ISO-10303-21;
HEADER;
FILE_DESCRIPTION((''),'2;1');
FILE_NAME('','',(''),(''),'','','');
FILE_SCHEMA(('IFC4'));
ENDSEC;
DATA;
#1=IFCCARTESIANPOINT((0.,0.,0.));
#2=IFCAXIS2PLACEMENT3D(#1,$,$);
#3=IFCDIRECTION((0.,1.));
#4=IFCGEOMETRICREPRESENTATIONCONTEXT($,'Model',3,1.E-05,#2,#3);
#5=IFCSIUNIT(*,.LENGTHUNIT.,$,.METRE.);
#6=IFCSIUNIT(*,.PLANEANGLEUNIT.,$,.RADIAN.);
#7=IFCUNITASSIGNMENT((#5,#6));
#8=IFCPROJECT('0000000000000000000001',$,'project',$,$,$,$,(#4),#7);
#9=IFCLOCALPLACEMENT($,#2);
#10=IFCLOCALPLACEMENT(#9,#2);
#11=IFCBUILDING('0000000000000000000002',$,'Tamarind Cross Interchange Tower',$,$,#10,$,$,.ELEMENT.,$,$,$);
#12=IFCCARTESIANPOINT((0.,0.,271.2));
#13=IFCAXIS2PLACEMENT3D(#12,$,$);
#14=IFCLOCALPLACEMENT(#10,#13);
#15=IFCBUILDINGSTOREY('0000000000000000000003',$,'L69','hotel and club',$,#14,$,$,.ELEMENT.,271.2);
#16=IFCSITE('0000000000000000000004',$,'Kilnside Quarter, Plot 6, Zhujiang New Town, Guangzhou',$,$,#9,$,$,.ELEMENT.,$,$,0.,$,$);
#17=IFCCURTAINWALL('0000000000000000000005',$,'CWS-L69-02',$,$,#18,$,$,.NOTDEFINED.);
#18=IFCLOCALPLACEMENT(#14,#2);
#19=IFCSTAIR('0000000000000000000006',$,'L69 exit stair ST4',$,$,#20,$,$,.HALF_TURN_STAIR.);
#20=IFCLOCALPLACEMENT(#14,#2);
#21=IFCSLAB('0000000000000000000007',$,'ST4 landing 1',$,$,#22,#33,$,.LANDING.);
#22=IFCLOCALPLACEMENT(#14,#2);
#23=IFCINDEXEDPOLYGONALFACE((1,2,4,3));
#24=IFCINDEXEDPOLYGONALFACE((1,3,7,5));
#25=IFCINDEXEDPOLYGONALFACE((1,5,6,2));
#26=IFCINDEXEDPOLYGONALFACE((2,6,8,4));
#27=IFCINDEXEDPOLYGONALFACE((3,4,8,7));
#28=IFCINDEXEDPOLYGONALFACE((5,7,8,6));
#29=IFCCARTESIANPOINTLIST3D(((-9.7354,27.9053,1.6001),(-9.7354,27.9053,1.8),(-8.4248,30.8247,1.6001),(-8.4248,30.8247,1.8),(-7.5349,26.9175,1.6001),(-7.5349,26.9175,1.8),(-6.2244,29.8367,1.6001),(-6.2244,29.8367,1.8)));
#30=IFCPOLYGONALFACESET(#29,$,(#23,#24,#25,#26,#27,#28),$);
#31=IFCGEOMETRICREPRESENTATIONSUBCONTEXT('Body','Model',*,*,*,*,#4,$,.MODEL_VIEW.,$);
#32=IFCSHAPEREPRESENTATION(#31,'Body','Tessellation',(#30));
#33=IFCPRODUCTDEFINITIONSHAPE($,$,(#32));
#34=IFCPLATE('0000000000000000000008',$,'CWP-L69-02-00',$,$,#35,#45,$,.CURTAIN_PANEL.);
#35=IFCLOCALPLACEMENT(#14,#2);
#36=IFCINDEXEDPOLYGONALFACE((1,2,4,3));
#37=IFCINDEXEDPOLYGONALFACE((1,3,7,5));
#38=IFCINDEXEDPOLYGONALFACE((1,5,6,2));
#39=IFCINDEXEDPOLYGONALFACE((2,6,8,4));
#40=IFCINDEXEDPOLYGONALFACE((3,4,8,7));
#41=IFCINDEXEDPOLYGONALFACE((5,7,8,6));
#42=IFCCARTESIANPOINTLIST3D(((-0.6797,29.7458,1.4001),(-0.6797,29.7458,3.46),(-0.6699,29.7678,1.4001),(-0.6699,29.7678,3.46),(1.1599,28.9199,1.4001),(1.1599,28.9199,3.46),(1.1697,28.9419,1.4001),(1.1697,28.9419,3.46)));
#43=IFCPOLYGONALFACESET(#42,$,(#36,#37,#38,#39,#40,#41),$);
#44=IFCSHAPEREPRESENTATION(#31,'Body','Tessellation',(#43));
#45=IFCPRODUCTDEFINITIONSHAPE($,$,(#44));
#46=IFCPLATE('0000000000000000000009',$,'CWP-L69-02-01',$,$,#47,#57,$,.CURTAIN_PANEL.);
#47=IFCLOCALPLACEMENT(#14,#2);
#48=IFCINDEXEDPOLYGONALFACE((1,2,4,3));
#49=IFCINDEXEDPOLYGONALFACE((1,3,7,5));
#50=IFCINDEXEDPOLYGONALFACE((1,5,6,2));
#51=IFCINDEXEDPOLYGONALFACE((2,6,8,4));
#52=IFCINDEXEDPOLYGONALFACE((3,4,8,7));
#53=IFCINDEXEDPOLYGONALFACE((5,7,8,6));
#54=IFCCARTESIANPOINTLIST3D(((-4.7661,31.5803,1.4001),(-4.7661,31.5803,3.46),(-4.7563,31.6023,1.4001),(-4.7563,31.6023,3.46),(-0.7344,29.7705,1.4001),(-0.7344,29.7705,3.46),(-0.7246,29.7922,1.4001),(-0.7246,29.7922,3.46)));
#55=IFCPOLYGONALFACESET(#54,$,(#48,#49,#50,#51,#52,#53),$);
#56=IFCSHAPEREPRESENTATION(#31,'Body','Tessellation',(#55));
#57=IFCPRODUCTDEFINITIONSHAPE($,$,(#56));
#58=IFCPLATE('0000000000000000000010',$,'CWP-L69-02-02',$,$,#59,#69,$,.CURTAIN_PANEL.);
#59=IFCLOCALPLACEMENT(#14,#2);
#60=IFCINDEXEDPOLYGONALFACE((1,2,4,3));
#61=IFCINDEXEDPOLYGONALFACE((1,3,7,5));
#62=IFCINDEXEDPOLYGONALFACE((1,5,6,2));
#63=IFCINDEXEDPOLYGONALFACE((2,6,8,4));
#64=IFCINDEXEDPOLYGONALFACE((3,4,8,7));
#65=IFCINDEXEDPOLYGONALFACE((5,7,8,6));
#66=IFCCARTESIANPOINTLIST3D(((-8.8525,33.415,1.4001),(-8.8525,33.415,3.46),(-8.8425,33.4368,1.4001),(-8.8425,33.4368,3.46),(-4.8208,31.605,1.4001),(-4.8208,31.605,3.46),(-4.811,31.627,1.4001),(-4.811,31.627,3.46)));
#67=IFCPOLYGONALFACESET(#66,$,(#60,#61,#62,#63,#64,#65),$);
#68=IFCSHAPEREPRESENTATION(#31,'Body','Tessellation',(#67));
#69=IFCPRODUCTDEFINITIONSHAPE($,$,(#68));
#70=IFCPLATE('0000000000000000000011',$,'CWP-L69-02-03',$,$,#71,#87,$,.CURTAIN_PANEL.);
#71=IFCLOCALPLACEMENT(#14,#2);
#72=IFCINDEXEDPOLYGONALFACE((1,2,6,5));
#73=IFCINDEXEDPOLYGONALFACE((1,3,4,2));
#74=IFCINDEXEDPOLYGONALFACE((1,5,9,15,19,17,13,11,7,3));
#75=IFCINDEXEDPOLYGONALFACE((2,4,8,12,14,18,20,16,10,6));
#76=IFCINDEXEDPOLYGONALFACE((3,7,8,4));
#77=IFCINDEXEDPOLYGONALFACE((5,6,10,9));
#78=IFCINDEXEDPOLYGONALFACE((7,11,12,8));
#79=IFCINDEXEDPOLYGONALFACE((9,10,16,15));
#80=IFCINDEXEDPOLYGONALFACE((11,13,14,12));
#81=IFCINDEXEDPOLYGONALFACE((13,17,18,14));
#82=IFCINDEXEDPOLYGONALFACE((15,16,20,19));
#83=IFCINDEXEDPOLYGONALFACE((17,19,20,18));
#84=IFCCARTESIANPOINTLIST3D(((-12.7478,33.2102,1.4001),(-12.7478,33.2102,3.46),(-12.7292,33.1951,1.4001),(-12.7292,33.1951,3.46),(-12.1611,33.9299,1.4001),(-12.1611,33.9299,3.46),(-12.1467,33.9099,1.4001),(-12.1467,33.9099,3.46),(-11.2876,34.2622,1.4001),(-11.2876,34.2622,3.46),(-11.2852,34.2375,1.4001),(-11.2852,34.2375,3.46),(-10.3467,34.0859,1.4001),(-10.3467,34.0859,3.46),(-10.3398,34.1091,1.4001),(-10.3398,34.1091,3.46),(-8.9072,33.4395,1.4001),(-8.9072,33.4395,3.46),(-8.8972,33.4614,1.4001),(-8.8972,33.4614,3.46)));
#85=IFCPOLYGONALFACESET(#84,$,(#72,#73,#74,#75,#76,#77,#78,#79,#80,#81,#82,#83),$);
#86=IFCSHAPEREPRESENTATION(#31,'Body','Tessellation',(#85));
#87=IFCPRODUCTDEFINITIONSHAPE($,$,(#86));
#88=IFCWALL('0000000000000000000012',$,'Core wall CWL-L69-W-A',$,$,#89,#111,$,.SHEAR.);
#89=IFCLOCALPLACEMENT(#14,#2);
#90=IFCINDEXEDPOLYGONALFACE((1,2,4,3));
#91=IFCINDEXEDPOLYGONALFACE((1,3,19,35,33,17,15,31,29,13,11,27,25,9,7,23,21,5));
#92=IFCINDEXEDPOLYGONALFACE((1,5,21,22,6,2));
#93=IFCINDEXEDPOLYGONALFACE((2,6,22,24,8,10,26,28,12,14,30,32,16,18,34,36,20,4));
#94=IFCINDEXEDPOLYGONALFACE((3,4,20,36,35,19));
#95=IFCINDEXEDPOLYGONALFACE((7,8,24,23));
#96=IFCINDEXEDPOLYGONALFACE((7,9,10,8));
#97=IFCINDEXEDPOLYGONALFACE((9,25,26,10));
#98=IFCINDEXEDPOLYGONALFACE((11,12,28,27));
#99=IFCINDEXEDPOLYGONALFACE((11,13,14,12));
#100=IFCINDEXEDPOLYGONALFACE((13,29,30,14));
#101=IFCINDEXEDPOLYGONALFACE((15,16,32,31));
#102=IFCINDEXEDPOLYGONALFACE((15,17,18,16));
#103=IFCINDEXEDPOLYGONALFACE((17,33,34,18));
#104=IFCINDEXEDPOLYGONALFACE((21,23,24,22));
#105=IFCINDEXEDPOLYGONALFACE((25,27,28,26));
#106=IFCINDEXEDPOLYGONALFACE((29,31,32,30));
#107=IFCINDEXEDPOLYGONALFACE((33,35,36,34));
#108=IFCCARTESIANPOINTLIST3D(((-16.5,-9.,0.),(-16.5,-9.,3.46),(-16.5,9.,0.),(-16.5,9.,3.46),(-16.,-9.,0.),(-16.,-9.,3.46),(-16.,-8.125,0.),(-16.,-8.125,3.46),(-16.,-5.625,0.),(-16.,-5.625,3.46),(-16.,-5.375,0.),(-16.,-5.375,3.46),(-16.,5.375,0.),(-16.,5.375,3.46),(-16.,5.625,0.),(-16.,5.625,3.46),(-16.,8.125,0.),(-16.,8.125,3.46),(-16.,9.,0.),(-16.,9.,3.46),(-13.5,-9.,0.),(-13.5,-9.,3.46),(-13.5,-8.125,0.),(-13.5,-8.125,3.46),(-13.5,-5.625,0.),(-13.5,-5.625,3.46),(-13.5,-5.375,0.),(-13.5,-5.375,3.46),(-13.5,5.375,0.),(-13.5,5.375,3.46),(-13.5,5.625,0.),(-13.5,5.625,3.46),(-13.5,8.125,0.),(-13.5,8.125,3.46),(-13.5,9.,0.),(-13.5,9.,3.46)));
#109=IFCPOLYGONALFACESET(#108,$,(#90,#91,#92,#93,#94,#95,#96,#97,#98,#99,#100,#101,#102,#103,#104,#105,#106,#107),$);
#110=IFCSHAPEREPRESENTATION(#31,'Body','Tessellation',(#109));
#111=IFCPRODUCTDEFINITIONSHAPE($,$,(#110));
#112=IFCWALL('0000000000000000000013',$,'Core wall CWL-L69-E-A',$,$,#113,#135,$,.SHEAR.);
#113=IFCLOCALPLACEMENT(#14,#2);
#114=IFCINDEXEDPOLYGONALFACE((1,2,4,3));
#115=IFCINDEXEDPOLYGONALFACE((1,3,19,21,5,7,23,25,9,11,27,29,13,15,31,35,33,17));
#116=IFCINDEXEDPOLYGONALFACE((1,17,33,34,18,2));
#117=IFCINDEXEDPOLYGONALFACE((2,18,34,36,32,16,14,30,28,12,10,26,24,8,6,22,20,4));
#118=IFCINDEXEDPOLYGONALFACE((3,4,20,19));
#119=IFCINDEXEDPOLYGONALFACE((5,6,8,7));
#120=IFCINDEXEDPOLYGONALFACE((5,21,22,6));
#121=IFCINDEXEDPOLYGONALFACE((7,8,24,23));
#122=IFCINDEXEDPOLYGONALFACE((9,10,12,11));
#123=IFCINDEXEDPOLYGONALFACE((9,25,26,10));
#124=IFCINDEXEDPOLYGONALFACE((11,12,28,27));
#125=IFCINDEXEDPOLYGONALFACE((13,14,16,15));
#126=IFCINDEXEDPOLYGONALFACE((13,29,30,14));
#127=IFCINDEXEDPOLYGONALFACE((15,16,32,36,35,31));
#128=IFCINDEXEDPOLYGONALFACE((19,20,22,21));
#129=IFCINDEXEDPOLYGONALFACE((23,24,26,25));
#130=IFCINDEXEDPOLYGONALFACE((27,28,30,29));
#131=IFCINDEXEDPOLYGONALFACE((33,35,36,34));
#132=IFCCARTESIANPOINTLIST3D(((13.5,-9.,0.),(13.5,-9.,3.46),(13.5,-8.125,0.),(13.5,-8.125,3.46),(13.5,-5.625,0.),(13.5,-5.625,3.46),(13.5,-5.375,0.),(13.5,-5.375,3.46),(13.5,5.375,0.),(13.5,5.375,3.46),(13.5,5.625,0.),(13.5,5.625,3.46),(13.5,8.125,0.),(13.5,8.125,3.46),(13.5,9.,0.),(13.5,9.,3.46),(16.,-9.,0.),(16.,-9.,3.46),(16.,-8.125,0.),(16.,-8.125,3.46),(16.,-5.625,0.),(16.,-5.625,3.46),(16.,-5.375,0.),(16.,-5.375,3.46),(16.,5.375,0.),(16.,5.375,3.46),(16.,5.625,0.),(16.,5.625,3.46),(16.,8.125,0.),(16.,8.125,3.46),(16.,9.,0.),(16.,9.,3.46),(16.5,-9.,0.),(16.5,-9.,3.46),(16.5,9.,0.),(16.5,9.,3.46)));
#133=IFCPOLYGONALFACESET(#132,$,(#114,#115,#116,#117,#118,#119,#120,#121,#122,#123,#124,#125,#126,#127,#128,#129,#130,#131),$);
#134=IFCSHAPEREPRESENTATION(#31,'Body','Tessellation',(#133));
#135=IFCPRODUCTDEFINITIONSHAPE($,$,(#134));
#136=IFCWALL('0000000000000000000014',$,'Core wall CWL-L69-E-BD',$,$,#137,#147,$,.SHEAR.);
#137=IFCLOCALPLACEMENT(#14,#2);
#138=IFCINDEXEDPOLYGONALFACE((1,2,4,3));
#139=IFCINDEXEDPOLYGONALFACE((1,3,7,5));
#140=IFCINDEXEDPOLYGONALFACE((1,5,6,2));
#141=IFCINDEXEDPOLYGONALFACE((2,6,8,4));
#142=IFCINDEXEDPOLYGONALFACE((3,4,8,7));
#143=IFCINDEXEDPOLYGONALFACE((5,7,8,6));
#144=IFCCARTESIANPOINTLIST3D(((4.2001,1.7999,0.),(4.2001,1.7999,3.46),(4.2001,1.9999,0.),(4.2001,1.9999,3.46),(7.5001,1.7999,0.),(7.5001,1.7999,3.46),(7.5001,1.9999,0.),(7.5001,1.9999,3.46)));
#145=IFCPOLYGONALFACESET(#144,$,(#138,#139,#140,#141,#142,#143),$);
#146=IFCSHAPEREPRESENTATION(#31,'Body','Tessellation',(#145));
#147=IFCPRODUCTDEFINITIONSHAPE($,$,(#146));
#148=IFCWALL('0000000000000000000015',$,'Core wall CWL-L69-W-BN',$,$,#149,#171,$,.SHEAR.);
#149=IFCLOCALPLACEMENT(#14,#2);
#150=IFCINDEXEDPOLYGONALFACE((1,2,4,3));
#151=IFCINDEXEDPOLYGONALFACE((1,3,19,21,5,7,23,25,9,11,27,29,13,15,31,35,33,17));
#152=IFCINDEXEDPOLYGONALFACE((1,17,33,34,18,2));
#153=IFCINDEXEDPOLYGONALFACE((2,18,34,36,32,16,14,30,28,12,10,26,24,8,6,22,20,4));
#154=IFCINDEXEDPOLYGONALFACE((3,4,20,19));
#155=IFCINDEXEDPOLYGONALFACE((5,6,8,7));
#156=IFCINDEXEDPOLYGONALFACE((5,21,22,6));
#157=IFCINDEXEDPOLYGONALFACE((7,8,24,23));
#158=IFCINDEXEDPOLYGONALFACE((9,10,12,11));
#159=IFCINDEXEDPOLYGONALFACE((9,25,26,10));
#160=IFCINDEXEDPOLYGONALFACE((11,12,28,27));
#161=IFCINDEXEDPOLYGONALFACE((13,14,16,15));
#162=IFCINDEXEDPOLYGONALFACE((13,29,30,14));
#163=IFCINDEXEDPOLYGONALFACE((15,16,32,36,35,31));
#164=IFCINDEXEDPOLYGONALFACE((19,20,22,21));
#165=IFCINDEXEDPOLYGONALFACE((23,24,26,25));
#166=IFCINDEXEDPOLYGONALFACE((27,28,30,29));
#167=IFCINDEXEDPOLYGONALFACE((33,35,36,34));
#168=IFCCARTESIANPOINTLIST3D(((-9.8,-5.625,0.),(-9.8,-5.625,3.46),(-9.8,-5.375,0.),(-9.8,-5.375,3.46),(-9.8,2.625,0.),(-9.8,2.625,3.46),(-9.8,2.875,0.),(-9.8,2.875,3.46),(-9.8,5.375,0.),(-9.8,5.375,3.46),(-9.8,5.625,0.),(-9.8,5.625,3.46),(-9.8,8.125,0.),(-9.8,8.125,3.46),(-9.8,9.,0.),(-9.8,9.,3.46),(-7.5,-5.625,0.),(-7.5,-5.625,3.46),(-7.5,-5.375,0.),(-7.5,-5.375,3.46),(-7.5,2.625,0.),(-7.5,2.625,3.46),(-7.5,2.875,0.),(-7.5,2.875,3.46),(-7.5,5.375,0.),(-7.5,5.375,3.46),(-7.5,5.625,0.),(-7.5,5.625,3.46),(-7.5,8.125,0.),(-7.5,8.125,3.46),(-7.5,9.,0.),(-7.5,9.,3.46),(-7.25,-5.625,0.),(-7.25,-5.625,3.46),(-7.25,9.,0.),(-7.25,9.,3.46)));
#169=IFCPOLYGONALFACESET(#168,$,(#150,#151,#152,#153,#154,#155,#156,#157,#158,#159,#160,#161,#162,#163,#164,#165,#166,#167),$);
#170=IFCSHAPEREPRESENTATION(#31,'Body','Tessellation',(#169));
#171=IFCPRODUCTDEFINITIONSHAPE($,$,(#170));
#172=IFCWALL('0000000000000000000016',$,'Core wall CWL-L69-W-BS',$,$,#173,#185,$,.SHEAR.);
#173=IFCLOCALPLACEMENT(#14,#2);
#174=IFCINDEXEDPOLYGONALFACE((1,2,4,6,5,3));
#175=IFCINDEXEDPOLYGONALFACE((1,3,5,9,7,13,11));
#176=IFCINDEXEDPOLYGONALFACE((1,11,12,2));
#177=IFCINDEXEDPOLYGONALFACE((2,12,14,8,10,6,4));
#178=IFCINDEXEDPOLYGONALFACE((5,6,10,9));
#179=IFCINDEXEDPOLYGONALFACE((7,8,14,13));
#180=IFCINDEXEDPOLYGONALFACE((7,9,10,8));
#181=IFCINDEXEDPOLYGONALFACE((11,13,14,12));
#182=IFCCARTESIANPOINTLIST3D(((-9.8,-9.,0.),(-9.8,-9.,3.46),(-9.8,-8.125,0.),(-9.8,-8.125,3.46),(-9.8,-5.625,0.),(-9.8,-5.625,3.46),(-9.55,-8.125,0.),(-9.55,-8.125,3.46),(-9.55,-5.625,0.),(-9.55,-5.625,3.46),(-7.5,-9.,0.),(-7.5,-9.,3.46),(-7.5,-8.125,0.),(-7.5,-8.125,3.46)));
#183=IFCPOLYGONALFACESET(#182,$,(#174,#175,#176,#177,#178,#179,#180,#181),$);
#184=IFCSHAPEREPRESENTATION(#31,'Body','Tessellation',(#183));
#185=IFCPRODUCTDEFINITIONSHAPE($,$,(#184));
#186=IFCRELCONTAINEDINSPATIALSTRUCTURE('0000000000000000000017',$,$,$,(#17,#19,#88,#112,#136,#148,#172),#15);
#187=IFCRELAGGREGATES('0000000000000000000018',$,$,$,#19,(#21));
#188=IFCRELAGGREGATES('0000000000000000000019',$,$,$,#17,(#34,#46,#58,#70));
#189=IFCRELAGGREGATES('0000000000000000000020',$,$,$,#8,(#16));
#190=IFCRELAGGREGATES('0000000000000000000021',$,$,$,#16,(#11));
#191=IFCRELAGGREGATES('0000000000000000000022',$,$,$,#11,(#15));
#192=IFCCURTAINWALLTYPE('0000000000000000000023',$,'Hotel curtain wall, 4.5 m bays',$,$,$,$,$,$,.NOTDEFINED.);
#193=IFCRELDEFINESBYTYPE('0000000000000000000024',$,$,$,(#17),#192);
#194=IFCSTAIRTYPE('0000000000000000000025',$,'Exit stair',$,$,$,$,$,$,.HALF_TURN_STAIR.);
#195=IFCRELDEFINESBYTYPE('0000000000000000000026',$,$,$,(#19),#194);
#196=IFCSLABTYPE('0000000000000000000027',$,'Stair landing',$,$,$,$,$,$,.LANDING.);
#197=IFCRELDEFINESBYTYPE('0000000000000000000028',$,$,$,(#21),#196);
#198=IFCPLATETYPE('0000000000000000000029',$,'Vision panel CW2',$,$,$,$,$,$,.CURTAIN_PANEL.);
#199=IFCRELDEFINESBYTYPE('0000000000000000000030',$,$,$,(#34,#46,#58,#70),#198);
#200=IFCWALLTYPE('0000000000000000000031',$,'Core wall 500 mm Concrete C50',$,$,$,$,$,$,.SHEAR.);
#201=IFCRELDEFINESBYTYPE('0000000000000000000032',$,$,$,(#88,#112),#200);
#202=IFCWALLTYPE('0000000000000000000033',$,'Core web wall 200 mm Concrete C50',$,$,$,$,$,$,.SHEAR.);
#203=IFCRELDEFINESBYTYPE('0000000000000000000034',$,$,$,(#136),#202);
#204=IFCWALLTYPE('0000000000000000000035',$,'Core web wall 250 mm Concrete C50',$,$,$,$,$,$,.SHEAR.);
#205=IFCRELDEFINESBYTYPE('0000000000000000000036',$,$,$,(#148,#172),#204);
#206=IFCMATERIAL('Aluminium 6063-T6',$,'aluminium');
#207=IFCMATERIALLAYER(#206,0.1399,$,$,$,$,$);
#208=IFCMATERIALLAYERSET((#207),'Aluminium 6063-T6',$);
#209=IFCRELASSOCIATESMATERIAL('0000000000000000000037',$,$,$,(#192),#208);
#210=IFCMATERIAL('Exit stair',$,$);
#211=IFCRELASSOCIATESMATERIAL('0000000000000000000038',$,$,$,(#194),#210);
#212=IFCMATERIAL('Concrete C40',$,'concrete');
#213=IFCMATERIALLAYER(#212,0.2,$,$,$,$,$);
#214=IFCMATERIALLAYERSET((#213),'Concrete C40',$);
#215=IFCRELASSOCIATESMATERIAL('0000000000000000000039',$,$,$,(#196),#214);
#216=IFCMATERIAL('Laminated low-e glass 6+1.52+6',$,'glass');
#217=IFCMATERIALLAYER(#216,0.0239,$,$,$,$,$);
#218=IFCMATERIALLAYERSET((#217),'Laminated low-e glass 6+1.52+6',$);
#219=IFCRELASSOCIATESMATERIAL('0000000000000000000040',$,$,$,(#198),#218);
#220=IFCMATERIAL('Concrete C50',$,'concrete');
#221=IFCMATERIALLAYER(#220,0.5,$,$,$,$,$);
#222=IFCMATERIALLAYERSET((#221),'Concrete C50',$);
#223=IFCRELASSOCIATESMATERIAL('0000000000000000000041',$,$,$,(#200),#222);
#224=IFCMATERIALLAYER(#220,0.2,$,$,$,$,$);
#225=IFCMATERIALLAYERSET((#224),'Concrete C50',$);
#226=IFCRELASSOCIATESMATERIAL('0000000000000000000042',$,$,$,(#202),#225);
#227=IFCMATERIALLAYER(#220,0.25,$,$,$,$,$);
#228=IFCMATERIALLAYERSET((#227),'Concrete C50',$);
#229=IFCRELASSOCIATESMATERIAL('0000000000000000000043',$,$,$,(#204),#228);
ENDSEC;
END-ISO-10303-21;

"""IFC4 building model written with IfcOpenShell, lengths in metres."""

from ifc_helpers import new_model, si_unit, direction, frame, frame_2d, origin, place, context, subcontext, project, spatial, polyline, rectangle, outline, extrude, material, layer, layer_set, type_object, element, aggregate, save


model = new_model("IFC4")

# Units and contexts
model_context = context("Model", 3, precision=1e-05, world=origin(), true_north=direction((0.0, 1.0)))
body_context = subcontext(model_context, "Body", "Model", "MODEL_VIEW")
ifc_project = project(units=[si_unit("LENGTHUNIT", "METRE"), si_unit("PLANEANGLEUNIT", "RADIAN")], contexts=[model_context])

# Site, building, storey
site_placement = place(None, origin())
site = spatial("IfcSite", under=ifc_project, at=site_placement, Name="Kilnside Quarter, Plot 6, Zhujiang New Town, Guangzhou", CompositionType="ELEMENT", RefElevation=0.0)
building_placement = place(site_placement, origin())
building = spatial("IfcBuilding", under=site, at=building_placement, Name="Tamarind Cross Interchange Tower", CompositionType="ELEMENT")
storey_placement = place(building_placement, frame((0.0, 0.0, 271.2)))
storey = spatial("IfcBuildingStorey", under=building, at=storey_placement, Name="L69", Description="hotel and club", CompositionType="ELEMENT", Elevation=271.2)

# Curtain wall
ifc_material_1 = material(Name="Aluminium 6063-T6", Category="aluminium")
ifc_layer_1 = layer(ifc_material_1, 0.1399)
ifc_layer_set_1 = layer_set([ifc_layer_1], Name="Aluminium 6063-T6")
curtain_wall_type = type_object("IfcCurtainWallType", Name="Hotel curtain wall, 4.5 m bays", PredefinedType="NOTDEFINED", material=ifc_layer_set_1)
curtain_wall_1_placement = place(storey_placement, origin())
curtain_wall_1 = element("IfcCurtainWall", 1, at=curtain_wall_1_placement, inside=storey, type_object=curtain_wall_type, Name="CWS-L69-02", PredefinedType="NOTDEFINED")

# Stair, slab
ifc_material_2 = material(Name="Exit stair")
stair_type = type_object("IfcStairType", Name="Exit stair", PredefinedType="HALF_TURN_STAIR", material=ifc_material_2)
ifc_material_3 = material(Name="Concrete C40", Category="concrete")
ifc_layer_2 = layer(ifc_material_3, 0.2)
ifc_layer_set_2 = layer_set([ifc_layer_2], Name="Concrete C40")
slab_type_1 = type_object("IfcSlabType", Name="Stair landing", PredefinedType="LANDING", material=ifc_layer_set_2)
stair_1_placement = place(storey_placement, origin())
stair_1 = element("IfcStair", 2, at=stair_1_placement, inside=storey, type_object=stair_type, Name="L69 exit stair ST4", PredefinedType="HALF_TURN_STAIR")
slab_1_placement = place(storey_placement, frame((0.0, 0.0, 1.6001)))
slab_1 = element("IfcSlab", 3, at=slab_1_placement, type_object=slab_type_1, Name="ST4 landing 1", PredefinedType="LANDING", context=body_context, shape_type="SweptSolid", body=[
    extrude(outline(polyline([(-6.2244, 29.8367), (-8.4248, 30.8247), (-9.7354, 27.9053), (-7.5349, 26.9175), (-6.2244, 29.8367)])), origin(), (0.0, 0.0, 1.0), 0.2),
])
aggregate(stair_1, [slab_1])

# Plates
ifc_material_4 = material(Name="Laminated low-e glass 6+1.52+6", Category="glass")
ifc_layer_3 = layer(ifc_material_4, 0.0239)
ifc_layer_set_3 = layer_set([ifc_layer_3], Name="Laminated low-e glass 6+1.52+6")
plate_type = type_object("IfcPlateType", Name="Vision panel CW2", PredefinedType="CURTAIN_PANEL", material=ifc_layer_set_3)
plate_1_placement = place(storey_placement, frame((0.0, 0.0, 1.4001)))
plate_1 = element("IfcPlate", 4, at=plate_1_placement, type_object=plate_type, Name="CWP-L69-02-00", PredefinedType="CURTAIN_PANEL", context=body_context, shape_type="SweptSolid", body=[
    extrude(outline(polyline([(1.1599, 28.9199), (-0.6797, 29.7458), (-0.6699, 29.7678), (1.1697, 28.9419), (1.1599, 28.9199)])), origin(), (0.0, 0.0, 1.0), 2.0598),
])
plate_2_placement = place(storey_placement, frame((0.0, 0.0, 1.4001)))
plate_2 = element("IfcPlate", 5, at=plate_2_placement, type_object=plate_type, Name="CWP-L69-02-01", PredefinedType="CURTAIN_PANEL", context=body_context, shape_type="SweptSolid", body=[
    extrude(outline(polyline([(-0.7344, 29.7705), (-4.7661, 31.5803), (-4.7563, 31.6023), (-0.7246, 29.7922), (-0.7344, 29.7705)])), origin(), (0.0, 0.0, 1.0), 2.0598),
])
plate_3_placement = place(storey_placement, frame((0.0, 0.0, 1.4001)))
plate_3 = element("IfcPlate", 6, at=plate_3_placement, type_object=plate_type, Name="CWP-L69-02-02", PredefinedType="CURTAIN_PANEL", context=body_context, shape_type="SweptSolid", body=[
    extrude(outline(polyline([(-4.8208, 31.605), (-8.8525, 33.415), (-8.8425, 33.4368), (-4.811, 31.627), (-4.8208, 31.605)])), origin(), (0.0, 0.0, 1.0), 2.0598),
])
plate_4_placement = place(storey_placement, frame((0.0, 0.0, 1.4001)))
plate_4 = element("IfcPlate", 7, at=plate_4_placement, type_object=plate_type, Name="CWP-L69-02-03", PredefinedType="CURTAIN_PANEL", context=body_context, shape_type="SweptSolid", body=[
    extrude(outline(polyline([(-8.9072, 33.4395), (-10.3467, 34.0859), (-11.2852, 34.2375), (-12.1467, 33.9099), (-12.7292, 33.1951), (-12.7478, 33.2102), (-12.1611, 33.9299), (-11.2876, 34.2622), (-10.3398, 34.1091), (-8.8972, 33.4614), (-8.9072, 33.4395)])), origin(), (0.0, 0.0, 1.0), 2.0598),
])
aggregate(curtain_wall_1, [plate_1, plate_2, plate_3, plate_4])

# Walls
ifc_material_5 = material(Name="Concrete C50", Category="concrete")
ifc_layer_4 = layer(ifc_material_5, 0.5)
ifc_layer_set_4 = layer_set([ifc_layer_4], Name="Concrete C50")
wall_type_1 = type_object("IfcWallType", Name="Core wall 500 mm Concrete C50", PredefinedType="SHEAR", material=ifc_layer_set_4)
wall_1_placement = place(storey_placement, origin())
element("IfcWall", 8, at=wall_1_placement, inside=storey, type_object=wall_type_1, Name="Core wall CWL-L69-W-A", PredefinedType="SHEAR", context=body_context, shape_type="SweptSolid", body=[
    extrude(outline(polyline([(-13.5, -8.125), (-16.0, -8.125), (-16.0, -5.625), (-13.5, -5.625), (-13.5, -5.375), (-16.0, -5.375), (-16.0, 5.375), (-13.5, 5.375), (-13.5, 5.625), (-16.0, 5.625), (-16.0, 8.125), (-13.5, 8.125), (-13.5, 9.0), (-16.0, 9.0), (-16.5, 9.0), (-16.5, -9.0), (-16.0, -9.0), (-13.5, -9.0), (-13.5, -8.125)])), origin(), (0.0, 0.0, 1.0), 3.46),
])
wall_2_placement = place(storey_placement, origin())
element("IfcWall", 9, at=wall_2_placement, inside=storey, type_object=wall_type_1, Name="Core wall CWL-L69-E-A", PredefinedType="SHEAR", context=body_context, shape_type="SweptSolid", body=[
    extrude(outline(polyline([(13.5, -8.125), (13.5, -9.0), (16.0, -9.0), (16.5, -9.0), (16.5, 9.0), (16.0, 9.0), (13.5, 9.0), (13.5, 8.125), (16.0, 8.125), (16.0, 5.625), (13.5, 5.625), (13.5, 5.375), (16.0, 5.375), (16.0, -5.375), (13.5, -5.375), (13.5, -5.625), (16.0, -5.625), (16.0, -8.125), (13.5, -8.125)])), origin(), (0.0, 0.0, 1.0), 3.46),
])
ifc_layer_5 = layer(ifc_material_5, 0.2)
ifc_layer_set_5 = layer_set([ifc_layer_5], Name="Concrete C50")
wall_type_2 = type_object("IfcWallType", Name="Core web wall 200 mm Concrete C50", PredefinedType="SHEAR", material=ifc_layer_set_5)
wall_3_placement = place(storey_placement, frame((7.5, 1.8999, 0.0), z_axis=(0.0, 0.0, 1.0), x_axis=(-1.0, 0.0, 0.0)))
element("IfcWall", 10, at=wall_3_placement, inside=storey, type_object=wall_type_2, Name="Core wall CWL-L69-E-BD", PredefinedType="SHEAR", context=body_context, shape_type="SweptSolid", body=[
    extrude(rectangle(XDim=3.3, YDim=0.2, at=frame_2d((1.6499, 0.0))), origin(), (0.0, 0.0, 1.0), 3.46),
])
ifc_layer_6 = layer(ifc_material_5, 0.25)
ifc_layer_set_6 = layer_set([ifc_layer_6], Name="Concrete C50")
wall_type_3 = type_object("IfcWallType", Name="Core web wall 250 mm Concrete C50", PredefinedType="SHEAR", material=ifc_layer_set_6)
wall_4_placement = place(storey_placement, origin())
element("IfcWall", 11, at=wall_4_placement, inside=storey, type_object=wall_type_3, Name="Core wall CWL-L69-W-BN", PredefinedType="SHEAR", context=body_context, shape_type="SweptSolid", body=[
    extrude(outline(polyline([(-9.8, -5.375), (-9.8, -5.625), (-7.5, -5.625), (-7.25, -5.625), (-7.25, 9.0), (-7.5, 9.0), (-9.8, 9.0), (-9.8, 8.125), (-7.5, 8.125), (-7.5, 5.625), (-9.8, 5.625), (-9.8, 5.375), (-7.5, 5.375), (-7.5, 2.875), (-9.8, 2.875), (-9.8, 2.625), (-7.5, 2.625), (-7.5, -5.375), (-9.8, -5.375)])), origin(), (0.0, 0.0, 1.0), 3.46),
])
wall_5_placement = place(storey_placement, origin())
element("IfcWall", 12, at=wall_5_placement, inside=storey, type_object=wall_type_3, Name="Core wall CWL-L69-W-BS", PredefinedType="SHEAR", context=body_context, shape_type="SweptSolid", body=[
    extrude(outline(polyline([(-7.5, -8.125), (-9.55, -8.125), (-9.55, -5.625), (-9.8, -5.625), (-9.8, -8.125), (-9.8, -9.0), (-7.5, -9.0), (-7.5, -8.125)])), origin(), (0.0, 0.0, 1.0), 3.46),
])

save(model, "model.ifc")
